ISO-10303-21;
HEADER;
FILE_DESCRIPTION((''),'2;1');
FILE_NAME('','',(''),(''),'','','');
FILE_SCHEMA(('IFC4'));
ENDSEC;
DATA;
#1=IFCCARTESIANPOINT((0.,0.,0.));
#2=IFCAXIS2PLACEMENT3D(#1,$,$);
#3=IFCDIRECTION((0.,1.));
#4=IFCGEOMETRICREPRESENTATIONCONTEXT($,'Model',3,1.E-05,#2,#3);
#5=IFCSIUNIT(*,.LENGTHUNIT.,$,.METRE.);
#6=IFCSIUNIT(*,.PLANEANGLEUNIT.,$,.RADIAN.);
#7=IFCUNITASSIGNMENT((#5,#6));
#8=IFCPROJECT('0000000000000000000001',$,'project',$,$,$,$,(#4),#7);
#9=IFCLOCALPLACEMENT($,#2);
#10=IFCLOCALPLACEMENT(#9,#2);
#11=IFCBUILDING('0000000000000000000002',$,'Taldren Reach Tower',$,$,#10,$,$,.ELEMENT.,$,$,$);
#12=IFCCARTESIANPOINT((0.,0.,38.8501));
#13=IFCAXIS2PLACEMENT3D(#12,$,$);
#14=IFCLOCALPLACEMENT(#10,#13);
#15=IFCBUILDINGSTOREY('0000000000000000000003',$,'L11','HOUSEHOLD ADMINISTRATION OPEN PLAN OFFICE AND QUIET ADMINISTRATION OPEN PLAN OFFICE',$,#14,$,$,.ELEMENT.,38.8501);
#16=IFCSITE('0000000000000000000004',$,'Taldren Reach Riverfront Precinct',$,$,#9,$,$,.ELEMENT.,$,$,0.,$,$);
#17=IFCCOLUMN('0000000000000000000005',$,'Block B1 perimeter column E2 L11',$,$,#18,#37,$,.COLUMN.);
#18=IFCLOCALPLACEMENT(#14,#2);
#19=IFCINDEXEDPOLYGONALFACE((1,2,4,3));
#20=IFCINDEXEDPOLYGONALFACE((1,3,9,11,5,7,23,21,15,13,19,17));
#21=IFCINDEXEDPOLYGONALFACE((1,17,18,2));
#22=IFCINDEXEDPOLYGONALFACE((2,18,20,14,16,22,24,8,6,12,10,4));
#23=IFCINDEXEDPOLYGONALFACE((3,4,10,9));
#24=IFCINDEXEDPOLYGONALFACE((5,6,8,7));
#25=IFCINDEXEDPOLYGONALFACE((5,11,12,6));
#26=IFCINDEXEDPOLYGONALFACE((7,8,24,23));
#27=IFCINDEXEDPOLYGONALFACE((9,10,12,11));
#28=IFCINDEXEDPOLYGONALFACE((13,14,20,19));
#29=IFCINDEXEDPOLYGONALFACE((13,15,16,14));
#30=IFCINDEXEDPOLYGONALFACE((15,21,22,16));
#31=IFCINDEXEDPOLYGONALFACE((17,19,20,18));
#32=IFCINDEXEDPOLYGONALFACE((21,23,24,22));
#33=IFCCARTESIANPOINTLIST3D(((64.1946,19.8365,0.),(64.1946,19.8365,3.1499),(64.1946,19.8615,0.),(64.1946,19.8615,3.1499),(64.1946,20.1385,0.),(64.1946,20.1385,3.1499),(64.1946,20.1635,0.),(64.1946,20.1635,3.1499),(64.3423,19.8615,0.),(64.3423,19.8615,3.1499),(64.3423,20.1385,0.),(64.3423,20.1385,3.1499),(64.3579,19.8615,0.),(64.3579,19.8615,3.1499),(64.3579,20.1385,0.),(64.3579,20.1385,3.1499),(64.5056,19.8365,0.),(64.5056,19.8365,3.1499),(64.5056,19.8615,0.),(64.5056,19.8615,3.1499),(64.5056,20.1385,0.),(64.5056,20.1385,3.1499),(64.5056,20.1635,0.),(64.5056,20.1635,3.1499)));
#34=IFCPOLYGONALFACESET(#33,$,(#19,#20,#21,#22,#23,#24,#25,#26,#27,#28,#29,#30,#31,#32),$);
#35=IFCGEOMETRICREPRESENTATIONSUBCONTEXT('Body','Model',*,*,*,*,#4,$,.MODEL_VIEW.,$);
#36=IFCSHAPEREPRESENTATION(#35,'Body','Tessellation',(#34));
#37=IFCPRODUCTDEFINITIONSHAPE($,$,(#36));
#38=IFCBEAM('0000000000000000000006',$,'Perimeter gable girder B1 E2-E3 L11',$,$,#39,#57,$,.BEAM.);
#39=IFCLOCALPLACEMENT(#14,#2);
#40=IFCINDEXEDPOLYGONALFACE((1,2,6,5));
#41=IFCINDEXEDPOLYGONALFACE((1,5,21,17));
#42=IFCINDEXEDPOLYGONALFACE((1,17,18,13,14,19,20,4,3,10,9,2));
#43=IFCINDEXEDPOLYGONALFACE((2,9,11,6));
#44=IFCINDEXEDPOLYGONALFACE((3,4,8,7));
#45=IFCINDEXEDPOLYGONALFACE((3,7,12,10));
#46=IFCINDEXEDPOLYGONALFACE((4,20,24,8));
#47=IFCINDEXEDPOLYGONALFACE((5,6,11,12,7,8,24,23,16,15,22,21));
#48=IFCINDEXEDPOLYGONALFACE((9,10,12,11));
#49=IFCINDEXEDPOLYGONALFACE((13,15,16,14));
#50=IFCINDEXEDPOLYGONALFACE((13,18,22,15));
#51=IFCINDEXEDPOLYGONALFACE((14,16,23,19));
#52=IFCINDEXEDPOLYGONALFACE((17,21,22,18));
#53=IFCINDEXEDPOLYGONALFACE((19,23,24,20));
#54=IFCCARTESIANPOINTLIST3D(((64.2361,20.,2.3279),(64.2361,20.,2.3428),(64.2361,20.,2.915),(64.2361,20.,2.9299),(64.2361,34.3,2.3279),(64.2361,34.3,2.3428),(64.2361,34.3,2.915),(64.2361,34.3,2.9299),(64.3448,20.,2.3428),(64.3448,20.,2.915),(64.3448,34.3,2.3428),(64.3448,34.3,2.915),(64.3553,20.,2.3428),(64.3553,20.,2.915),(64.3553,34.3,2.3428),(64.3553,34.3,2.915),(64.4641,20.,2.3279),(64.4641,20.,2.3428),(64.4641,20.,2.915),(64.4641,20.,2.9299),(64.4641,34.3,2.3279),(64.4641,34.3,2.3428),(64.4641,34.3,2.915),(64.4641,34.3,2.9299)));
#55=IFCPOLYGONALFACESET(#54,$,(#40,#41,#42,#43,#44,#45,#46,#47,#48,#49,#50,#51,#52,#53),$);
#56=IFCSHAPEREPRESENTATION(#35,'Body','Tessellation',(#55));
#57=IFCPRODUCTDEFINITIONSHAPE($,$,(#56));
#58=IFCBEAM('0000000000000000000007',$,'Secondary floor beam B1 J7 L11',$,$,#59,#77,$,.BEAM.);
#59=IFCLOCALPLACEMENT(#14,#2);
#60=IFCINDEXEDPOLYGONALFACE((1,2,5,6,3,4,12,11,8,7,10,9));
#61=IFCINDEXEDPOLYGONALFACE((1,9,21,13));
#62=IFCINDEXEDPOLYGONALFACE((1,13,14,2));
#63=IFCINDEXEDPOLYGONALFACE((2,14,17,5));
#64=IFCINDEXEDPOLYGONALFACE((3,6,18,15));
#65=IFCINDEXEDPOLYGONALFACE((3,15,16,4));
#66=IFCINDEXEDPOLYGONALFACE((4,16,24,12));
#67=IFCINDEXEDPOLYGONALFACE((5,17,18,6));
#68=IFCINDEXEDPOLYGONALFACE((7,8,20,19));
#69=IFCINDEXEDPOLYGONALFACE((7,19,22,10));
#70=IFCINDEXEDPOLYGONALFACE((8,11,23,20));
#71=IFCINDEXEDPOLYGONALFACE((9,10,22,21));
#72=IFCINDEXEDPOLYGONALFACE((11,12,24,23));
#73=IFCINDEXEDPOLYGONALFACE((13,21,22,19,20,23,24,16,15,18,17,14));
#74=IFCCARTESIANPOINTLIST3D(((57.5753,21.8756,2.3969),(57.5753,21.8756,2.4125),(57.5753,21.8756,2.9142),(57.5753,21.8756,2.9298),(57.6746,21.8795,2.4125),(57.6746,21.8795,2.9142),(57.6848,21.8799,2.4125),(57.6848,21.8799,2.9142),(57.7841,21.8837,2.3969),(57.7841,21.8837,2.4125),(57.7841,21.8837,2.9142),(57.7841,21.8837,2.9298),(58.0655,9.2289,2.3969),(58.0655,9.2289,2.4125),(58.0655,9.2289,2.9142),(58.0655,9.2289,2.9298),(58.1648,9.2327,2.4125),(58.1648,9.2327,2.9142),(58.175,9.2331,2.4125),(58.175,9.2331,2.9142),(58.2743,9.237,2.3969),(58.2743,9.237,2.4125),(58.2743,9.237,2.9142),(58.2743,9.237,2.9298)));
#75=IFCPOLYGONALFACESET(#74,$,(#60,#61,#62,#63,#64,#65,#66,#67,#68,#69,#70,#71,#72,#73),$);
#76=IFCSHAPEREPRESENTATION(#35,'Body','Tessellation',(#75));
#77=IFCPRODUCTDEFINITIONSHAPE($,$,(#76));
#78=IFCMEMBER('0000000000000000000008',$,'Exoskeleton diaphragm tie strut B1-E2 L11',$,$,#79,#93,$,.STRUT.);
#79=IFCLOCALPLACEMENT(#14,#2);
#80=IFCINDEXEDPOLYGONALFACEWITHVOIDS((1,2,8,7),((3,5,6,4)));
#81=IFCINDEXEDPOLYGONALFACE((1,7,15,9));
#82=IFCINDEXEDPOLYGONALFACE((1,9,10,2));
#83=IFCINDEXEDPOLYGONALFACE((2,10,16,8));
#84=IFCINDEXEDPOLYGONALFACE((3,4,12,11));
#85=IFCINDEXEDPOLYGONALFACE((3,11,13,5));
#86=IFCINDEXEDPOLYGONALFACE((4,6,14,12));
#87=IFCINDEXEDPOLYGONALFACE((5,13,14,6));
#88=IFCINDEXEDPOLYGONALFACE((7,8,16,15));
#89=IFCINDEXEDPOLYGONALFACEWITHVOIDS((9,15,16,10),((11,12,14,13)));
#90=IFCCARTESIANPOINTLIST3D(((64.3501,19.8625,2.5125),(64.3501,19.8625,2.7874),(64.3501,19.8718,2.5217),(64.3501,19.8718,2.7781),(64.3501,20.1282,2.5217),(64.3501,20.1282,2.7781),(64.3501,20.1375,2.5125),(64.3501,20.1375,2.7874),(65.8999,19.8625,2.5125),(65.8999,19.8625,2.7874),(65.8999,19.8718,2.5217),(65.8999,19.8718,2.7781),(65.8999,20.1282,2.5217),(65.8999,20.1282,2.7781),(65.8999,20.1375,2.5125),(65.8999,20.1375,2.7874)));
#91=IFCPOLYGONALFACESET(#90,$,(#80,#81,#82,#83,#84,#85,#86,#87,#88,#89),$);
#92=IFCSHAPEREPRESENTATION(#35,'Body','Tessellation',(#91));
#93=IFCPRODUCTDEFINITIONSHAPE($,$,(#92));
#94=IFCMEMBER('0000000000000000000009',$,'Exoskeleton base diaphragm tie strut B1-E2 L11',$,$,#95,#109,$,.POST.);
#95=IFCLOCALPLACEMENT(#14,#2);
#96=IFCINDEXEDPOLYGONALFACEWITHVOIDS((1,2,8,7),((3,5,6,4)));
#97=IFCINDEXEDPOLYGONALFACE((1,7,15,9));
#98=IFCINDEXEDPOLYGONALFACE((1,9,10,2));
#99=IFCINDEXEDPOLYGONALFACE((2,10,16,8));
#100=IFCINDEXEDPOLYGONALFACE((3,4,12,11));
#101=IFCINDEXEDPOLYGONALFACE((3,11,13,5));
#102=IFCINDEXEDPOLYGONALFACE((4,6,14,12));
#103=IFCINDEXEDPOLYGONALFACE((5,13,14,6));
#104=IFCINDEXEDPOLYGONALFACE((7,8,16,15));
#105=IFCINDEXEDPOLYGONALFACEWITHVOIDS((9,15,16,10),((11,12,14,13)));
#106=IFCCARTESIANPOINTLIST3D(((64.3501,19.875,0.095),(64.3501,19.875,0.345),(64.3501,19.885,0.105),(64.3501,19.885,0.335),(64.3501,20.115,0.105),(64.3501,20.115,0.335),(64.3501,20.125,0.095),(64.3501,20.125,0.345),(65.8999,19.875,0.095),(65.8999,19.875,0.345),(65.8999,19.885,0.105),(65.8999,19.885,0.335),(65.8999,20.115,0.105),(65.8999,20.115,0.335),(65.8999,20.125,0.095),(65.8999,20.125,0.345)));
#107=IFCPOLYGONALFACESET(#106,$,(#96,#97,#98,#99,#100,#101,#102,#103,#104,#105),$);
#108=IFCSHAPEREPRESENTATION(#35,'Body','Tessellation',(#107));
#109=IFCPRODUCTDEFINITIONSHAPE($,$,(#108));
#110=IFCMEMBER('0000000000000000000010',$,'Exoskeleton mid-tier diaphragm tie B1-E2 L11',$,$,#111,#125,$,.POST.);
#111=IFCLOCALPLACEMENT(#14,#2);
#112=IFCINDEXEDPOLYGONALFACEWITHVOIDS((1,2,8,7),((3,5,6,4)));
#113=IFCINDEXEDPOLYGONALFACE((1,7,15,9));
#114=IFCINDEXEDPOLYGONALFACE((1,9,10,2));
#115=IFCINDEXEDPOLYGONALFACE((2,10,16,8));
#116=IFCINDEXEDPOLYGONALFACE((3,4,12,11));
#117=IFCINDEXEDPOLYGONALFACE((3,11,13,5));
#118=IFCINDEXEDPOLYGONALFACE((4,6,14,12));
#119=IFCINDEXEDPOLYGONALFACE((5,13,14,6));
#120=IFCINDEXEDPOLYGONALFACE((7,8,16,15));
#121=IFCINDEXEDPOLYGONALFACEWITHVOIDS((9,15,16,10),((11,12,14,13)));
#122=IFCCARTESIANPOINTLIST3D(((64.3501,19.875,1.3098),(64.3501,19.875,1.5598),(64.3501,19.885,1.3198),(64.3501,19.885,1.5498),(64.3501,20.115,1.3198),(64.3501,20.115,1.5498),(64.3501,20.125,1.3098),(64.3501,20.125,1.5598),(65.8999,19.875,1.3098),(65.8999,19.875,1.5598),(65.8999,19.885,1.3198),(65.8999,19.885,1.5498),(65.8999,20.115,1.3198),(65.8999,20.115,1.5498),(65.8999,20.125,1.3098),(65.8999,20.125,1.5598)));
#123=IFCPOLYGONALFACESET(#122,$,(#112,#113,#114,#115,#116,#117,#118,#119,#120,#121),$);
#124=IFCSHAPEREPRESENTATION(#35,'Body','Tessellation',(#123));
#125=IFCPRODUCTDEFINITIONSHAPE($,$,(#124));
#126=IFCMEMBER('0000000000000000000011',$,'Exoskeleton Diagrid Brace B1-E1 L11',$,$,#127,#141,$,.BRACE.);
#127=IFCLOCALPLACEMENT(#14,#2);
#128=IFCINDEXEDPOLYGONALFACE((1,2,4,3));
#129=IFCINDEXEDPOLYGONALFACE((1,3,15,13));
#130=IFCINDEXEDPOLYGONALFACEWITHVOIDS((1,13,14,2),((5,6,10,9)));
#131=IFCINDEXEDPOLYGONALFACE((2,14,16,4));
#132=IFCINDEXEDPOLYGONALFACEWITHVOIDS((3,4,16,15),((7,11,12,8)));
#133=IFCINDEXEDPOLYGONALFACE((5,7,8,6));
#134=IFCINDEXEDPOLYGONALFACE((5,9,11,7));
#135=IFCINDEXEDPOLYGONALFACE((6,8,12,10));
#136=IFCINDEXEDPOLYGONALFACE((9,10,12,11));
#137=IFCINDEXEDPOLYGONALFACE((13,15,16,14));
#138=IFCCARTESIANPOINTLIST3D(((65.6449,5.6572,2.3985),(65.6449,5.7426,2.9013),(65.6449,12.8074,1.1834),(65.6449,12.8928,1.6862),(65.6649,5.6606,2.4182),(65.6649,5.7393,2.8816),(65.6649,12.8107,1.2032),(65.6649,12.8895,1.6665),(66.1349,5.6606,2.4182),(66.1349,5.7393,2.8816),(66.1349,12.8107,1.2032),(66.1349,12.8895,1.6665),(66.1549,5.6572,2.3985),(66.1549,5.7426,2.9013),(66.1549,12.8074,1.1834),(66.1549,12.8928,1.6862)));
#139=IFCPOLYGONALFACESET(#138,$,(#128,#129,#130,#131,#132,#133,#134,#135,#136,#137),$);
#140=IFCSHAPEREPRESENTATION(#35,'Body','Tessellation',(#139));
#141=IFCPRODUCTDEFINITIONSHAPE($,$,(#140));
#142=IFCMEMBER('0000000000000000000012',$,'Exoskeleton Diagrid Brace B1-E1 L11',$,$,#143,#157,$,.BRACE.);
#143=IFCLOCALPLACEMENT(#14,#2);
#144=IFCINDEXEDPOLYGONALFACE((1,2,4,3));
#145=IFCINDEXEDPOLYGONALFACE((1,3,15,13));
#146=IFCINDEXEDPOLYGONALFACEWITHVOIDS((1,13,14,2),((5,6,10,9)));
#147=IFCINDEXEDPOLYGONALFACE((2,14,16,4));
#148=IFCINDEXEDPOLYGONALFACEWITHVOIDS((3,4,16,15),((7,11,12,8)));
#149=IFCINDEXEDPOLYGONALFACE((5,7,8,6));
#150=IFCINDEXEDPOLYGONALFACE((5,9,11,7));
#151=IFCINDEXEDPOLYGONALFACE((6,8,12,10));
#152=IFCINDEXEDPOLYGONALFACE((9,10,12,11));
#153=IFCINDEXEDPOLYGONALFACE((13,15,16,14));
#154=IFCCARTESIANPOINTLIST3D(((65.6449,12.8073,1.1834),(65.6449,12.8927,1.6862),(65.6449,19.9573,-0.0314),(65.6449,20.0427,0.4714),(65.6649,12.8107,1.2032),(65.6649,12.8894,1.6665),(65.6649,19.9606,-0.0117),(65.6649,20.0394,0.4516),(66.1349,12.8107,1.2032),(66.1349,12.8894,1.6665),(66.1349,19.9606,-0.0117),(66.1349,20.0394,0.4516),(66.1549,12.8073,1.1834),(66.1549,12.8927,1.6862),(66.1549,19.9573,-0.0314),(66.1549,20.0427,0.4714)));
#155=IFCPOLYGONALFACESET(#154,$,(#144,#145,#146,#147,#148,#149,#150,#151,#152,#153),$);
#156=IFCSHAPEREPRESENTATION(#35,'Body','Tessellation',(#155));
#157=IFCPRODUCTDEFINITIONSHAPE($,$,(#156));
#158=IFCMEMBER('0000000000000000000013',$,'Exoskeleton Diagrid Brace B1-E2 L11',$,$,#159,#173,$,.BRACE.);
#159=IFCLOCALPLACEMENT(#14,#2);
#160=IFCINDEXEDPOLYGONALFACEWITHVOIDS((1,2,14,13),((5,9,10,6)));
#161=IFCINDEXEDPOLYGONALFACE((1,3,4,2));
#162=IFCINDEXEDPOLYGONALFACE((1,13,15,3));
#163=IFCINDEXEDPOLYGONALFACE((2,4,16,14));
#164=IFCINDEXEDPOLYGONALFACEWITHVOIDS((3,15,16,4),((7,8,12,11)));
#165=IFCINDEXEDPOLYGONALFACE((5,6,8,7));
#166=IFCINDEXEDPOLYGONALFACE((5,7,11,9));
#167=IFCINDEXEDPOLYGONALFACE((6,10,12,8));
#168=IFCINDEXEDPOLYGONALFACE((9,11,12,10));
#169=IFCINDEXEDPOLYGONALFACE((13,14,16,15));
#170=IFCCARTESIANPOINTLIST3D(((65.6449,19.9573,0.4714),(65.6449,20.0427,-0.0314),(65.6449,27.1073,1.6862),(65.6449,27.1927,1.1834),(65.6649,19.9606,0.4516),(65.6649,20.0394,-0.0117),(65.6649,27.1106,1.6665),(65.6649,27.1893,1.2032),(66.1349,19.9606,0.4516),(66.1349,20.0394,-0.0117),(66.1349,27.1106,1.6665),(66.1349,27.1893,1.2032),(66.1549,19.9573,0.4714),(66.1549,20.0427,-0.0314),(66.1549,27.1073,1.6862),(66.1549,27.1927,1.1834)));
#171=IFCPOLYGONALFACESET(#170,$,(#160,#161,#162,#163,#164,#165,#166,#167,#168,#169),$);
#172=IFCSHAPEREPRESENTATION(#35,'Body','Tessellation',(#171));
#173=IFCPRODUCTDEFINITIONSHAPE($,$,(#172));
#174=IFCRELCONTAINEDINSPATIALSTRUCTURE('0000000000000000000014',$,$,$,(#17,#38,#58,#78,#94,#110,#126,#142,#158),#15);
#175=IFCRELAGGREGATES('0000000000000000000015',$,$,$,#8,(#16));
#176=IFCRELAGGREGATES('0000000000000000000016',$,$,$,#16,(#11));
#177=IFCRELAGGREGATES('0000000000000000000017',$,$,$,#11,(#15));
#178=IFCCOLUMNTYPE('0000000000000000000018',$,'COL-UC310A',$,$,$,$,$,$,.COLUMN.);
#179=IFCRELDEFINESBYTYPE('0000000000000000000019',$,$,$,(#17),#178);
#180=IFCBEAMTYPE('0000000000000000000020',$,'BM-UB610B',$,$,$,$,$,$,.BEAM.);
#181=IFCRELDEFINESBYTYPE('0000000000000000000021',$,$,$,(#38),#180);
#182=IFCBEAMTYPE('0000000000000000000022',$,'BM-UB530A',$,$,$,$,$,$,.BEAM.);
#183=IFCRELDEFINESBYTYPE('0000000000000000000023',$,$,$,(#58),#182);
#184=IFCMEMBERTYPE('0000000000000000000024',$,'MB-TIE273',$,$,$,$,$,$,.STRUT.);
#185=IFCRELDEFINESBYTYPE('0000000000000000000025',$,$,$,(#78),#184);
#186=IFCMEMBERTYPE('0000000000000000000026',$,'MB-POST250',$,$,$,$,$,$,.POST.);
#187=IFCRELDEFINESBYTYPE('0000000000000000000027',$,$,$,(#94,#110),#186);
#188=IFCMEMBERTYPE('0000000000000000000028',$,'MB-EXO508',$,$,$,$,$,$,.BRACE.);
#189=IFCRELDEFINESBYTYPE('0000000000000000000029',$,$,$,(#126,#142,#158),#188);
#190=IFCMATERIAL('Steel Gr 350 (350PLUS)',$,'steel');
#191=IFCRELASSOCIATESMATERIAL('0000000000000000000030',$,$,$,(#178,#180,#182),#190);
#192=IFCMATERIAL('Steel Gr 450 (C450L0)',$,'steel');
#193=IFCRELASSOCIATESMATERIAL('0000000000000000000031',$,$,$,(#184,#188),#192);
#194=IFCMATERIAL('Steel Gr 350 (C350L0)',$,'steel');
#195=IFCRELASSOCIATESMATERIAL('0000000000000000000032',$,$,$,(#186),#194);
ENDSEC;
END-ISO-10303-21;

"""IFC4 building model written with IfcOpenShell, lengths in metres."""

from ifc_helpers import new_model, si_unit, direction, frame, origin, origin_2d, place, context, subcontext, project, spatial, hollow_rectangle, i_section, extrude, source, transform, mapped, material, material_profile, profile_set, type_object, element, save


model = new_model("IFC4")

# Units and contexts
model_context = context("Model", 3, precision=1e-05, world=origin(), true_north=direction((0.0, 1.0)))
body_context = subcontext(model_context, "Body", "Model", "MODEL_VIEW")
ifc_project = project(units=[si_unit("LENGTHUNIT", "METRE"), si_unit("PLANEANGLEUNIT", "RADIAN")], contexts=[model_context])

# Site, building, storey
site_placement = place(None, origin())
site = spatial("IfcSite", under=ifc_project, at=site_placement, Name="Taldren Reach Riverfront Precinct", CompositionType="ELEMENT", RefElevation=0.0)
building_placement = place(site_placement, origin())
building = spatial("IfcBuilding", under=site, at=building_placement, Name="Taldren Reach Tower", CompositionType="ELEMENT")
storey_placement = place(building_placement, frame((0.0, 0.0, 38.8501)))
storey = spatial("IfcBuildingStorey", under=building, at=storey_placement, Name="L11", Description="HOUSEHOLD ADMINISTRATION OPEN PLAN OFFICE AND QUIET ADMINISTRATION OPEN PLAN OFFICE", CompositionType="ELEMENT", Elevation=38.8501)

# Column
ifc_material_1 = material(Name="Steel Gr 350 (350PLUS)", Category="steel")
ifc_material_profile_1 = material_profile(ifc_material_1, i_section(OverallWidth=0.311, OverallDepth=0.3269, WebThickness=0.0156, FlangeThickness=0.0249, at=origin_2d()), Name="310UC158")
ifc_profile_set_1 = profile_set([ifc_material_profile_1], Name="Steel Gr 350 (350PLUS)")
column_type = type_object("IfcColumnType", Name="COL-UC310A", PredefinedType="COLUMN", material=ifc_profile_set_1)
shared_shape_1 = source(origin(), body_context, "Body", "SweptSolid", [
    extrude(i_section(OverallWidth=0.311, OverallDepth=0.3269, WebThickness=0.0156, FlangeThickness=0.0249, at=origin_2d()), origin(), (0.0, 0.0, 1.0), 3.1499),
])
column_placement = place(storey_placement, frame((64.3501, 20.0, 0.0), z_axis=(0.0, 0.0, 1.0), x_axis=(1.0, 0.0, 0.0)))
element("IfcColumn", 1, at=column_placement, inside=storey, type_object=column_type, Name="Block B1 perimeter column E2 L11", PredefinedType="COLUMN", context=body_context, shape_type="MappedRepresentation", body=[
    mapped(shared_shape_1, transform((0.0, 0.0, 0.0), scale=1.0)),
])

# Beams
ifc_material_profile_2 = material_profile(ifc_material_1, i_section(OverallWidth=0.228, OverallDepth=0.6021, WebThickness=0.0105, FlangeThickness=0.0149, at=origin_2d()), Name="610UB101")
ifc_profile_set_2 = profile_set([ifc_material_profile_2], Name="Steel Gr 350 (350PLUS)")
beam_type_1 = type_object("IfcBeamType", Name="BM-UB610B", PredefinedType="BEAM", material=ifc_profile_set_2)
shared_shape_2 = source(origin(), body_context, "Body", "SweptSolid", [
    extrude(i_section(OverallWidth=0.228, OverallDepth=0.6021, WebThickness=0.0105, FlangeThickness=0.0149, at=origin_2d()), origin(), (0.0, 0.0, 1.0), 14.3),
])
beam_1_placement = place(storey_placement, frame((64.3501, 20.0, 2.6289), z_axis=(0.0, 1.0, 0.0), x_axis=(-1.0, 0.0, 0.0)))
element("IfcBeam", 2, at=beam_1_placement, inside=storey, type_object=beam_type_1, Name="Perimeter gable girder B1 E2-E3 L11", PredefinedType="BEAM", context=body_context, shape_type="MappedRepresentation", body=[
    mapped(shared_shape_2, transform((0.0, 0.0, 0.0), scale=1.0)),
])
ifc_material_profile_3 = material_profile(ifc_material_1, i_section(OverallWidth=0.209, OverallDepth=0.533, WebThickness=0.0103, FlangeThickness=0.0156, at=origin_2d()), Name="530UB92.4")
ifc_profile_set_3 = profile_set([ifc_material_profile_3], Name="Steel Gr 350 (350PLUS)")
beam_type_2 = type_object("IfcBeamType", Name="BM-UB530A", PredefinedType="BEAM", material=ifc_profile_set_3)
shared_shape_3 = source(origin(), body_context, "Body", "SweptSolid", [
    extrude(i_section(OverallWidth=0.209, OverallDepth=0.533, WebThickness=0.0103, FlangeThickness=0.0156, at=origin_2d()), origin(), (0.0, 0.0, 1.0), 12.6562),
])
beam_2_placement = place(storey_placement, frame((58.1699, 9.2329, 2.6633), z_axis=(-0.038735, 0.99925, 0.0), x_axis=(-0.99925, -0.038735, 0.0)))
element("IfcBeam", 3, at=beam_2_placement, inside=storey, type_object=beam_type_2, Name="Secondary floor beam B1 J7 L11", PredefinedType="BEAM", context=body_context, shape_type="MappedRepresentation", body=[
    mapped(shared_shape_3, transform((0.0, 0.0, 0.0), scale=1.0)),
])

# Members
ifc_material_2 = material(Name="Steel Gr 450 (C450L0)", Category="steel")
ifc_material_profile_4 = material_profile(ifc_material_2, hollow_rectangle(XDim=0.2749, YDim=0.2749, WallThickness=0.0093, at=origin_2d()), Name="275x275x9.3SHS")
ifc_profile_set_4 = profile_set([ifc_material_profile_4], Name="Steel Gr 450 (C450L0)")
member_type_1 = type_object("IfcMemberType", Name="MB-TIE273", PredefinedType="STRUT", material=ifc_profile_set_4)
shared_shape_4 = source(origin(), body_context, "Body", "SweptSolid", [
    extrude(hollow_rectangle(XDim=0.2749, YDim=0.2749, WallThickness=0.0093, at=origin_2d()), origin(), (0.0, 0.0, 1.0), 1.5498),
])
member_1_placement = place(storey_placement, frame((64.3501, 20.0, 2.6499), z_axis=(1.0, 0.0, 0.0), x_axis=(0.0, 1.0, 0.0)))
element("IfcMember", 4, at=member_1_placement, inside=storey, type_object=member_type_1, Name="Exoskeleton diaphragm tie strut B1-E2 L11", PredefinedType="STRUT", context=body_context, shape_type="MappedRepresentation", body=[
    mapped(shared_shape_4, transform((0.0, 0.0, 0.0), scale=1.0)),
])
ifc_material_3 = material(Name="Steel Gr 350 (C350L0)", Category="steel")
ifc_material_profile_5 = material_profile(ifc_material_3, hollow_rectangle(XDim=0.25, YDim=0.25, WallThickness=0.01, at=origin_2d()), Name="250x250x10.0SHS")
ifc_profile_set_5 = profile_set([ifc_material_profile_5], Name="Steel Gr 350 (C350L0)")
member_type_2 = type_object("IfcMemberType", Name="MB-POST250", PredefinedType="POST", material=ifc_profile_set_5)
shared_shape_5 = source(origin(), body_context, "Body", "SweptSolid", [
    extrude(hollow_rectangle(XDim=0.25, YDim=0.25, WallThickness=0.01, at=origin_2d()), origin(), (0.0, 0.0, 1.0), 1.5498),
])
for number, where, z_axis, x_axis, name in (
    (5, (64.3501, 20.0, 0.22), (1.0, 0.0, 0.0), (0.0, 1.0, 0.0), "Exoskeleton base diaphragm tie strut B1-E2 L11"),
    (6, (64.3501, 20.0, 1.4348), (1.0, 0.0, 0.0), (0.0, 1.0, 0.0), "Exoskeleton mid-tier diaphragm tie B1-E2 L11"),
):
    element("IfcMember", number, at=place(storey_placement, frame(where, z_axis=z_axis, x_axis=x_axis)), inside=storey, type_object=member_type_2, Name=name, PredefinedType="POST", context=body_context, shape_type="MappedRepresentation", body=[
        mapped(shared_shape_5, transform((0.0, 0.0, 0.0), scale=1.0)),
    ])
ifc_material_profile_6 = material_profile(ifc_material_2, hollow_rectangle(XDim=0.51, YDim=0.51, WallThickness=0.02, at=origin_2d()), Name="510x510x20.0SHS")
ifc_profile_set_6 = profile_set([ifc_material_profile_6], Name="Steel Gr 450 (C450L0)")
member_type_3 = type_object("IfcMemberType", Name="MB-EXO508", PredefinedType="BRACE", material=ifc_profile_set_6)
shared_shape_6 = source(origin(), body_context, "Body", "SweptSolid", [
    extrude(hollow_rectangle(XDim=0.51, YDim=0.51, WallThickness=0.02, at=origin_2d()), origin(), (0.0, 0.0, 1.0), 7.2527),
])
member_2_placement = place(storey_placement, frame((65.8999, 12.8501, 1.4348), z_axis=(0.0, -0.985866, 0.167537), x_axis=(1.0, 0.0, 0.0)))
element("IfcMember", 7, at=member_2_placement, inside=storey, type_object=member_type_3, Name="Exoskeleton Diagrid Brace B1-E1 L11", PredefinedType="BRACE", context=body_context, shape_type="MappedRepresentation", body=[
    mapped(shared_shape_6, transform((0.0, 0.0, 0.0), scale=1.0)),
])
shared_shape_7 = source(origin(), body_context, "Body", "SweptSolid", [
    extrude(hollow_rectangle(XDim=0.51, YDim=0.51, WallThickness=0.02, at=origin_2d()), origin(), (0.0, 0.0, 1.0), 7.2524),
])
for number, where, z_axis, x_axis, name in (
    (8, (65.8999, 20.0, 0.22), (0.0, -0.98587, 0.16751), (1.0, 0.0, 0.0), "Exoskeleton Diagrid Brace B1-E1 L11"),
    (9, (65.8999, 20.0, 0.22), (0.0, 0.98587, 0.16751), (-1.0, 0.0, 0.0), "Exoskeleton Diagrid Brace B1-E2 L11"),
):
    element("IfcMember", number, at=place(storey_placement, frame(where, z_axis=z_axis, x_axis=x_axis)), inside=storey, type_object=member_type_3, Name=name, PredefinedType="BRACE", context=body_context, shape_type="MappedRepresentation", body=[
        mapped(shared_shape_7, transform((0.0, 0.0, 0.0), scale=1.0)),
    ])

save(model, "model.ifc")
